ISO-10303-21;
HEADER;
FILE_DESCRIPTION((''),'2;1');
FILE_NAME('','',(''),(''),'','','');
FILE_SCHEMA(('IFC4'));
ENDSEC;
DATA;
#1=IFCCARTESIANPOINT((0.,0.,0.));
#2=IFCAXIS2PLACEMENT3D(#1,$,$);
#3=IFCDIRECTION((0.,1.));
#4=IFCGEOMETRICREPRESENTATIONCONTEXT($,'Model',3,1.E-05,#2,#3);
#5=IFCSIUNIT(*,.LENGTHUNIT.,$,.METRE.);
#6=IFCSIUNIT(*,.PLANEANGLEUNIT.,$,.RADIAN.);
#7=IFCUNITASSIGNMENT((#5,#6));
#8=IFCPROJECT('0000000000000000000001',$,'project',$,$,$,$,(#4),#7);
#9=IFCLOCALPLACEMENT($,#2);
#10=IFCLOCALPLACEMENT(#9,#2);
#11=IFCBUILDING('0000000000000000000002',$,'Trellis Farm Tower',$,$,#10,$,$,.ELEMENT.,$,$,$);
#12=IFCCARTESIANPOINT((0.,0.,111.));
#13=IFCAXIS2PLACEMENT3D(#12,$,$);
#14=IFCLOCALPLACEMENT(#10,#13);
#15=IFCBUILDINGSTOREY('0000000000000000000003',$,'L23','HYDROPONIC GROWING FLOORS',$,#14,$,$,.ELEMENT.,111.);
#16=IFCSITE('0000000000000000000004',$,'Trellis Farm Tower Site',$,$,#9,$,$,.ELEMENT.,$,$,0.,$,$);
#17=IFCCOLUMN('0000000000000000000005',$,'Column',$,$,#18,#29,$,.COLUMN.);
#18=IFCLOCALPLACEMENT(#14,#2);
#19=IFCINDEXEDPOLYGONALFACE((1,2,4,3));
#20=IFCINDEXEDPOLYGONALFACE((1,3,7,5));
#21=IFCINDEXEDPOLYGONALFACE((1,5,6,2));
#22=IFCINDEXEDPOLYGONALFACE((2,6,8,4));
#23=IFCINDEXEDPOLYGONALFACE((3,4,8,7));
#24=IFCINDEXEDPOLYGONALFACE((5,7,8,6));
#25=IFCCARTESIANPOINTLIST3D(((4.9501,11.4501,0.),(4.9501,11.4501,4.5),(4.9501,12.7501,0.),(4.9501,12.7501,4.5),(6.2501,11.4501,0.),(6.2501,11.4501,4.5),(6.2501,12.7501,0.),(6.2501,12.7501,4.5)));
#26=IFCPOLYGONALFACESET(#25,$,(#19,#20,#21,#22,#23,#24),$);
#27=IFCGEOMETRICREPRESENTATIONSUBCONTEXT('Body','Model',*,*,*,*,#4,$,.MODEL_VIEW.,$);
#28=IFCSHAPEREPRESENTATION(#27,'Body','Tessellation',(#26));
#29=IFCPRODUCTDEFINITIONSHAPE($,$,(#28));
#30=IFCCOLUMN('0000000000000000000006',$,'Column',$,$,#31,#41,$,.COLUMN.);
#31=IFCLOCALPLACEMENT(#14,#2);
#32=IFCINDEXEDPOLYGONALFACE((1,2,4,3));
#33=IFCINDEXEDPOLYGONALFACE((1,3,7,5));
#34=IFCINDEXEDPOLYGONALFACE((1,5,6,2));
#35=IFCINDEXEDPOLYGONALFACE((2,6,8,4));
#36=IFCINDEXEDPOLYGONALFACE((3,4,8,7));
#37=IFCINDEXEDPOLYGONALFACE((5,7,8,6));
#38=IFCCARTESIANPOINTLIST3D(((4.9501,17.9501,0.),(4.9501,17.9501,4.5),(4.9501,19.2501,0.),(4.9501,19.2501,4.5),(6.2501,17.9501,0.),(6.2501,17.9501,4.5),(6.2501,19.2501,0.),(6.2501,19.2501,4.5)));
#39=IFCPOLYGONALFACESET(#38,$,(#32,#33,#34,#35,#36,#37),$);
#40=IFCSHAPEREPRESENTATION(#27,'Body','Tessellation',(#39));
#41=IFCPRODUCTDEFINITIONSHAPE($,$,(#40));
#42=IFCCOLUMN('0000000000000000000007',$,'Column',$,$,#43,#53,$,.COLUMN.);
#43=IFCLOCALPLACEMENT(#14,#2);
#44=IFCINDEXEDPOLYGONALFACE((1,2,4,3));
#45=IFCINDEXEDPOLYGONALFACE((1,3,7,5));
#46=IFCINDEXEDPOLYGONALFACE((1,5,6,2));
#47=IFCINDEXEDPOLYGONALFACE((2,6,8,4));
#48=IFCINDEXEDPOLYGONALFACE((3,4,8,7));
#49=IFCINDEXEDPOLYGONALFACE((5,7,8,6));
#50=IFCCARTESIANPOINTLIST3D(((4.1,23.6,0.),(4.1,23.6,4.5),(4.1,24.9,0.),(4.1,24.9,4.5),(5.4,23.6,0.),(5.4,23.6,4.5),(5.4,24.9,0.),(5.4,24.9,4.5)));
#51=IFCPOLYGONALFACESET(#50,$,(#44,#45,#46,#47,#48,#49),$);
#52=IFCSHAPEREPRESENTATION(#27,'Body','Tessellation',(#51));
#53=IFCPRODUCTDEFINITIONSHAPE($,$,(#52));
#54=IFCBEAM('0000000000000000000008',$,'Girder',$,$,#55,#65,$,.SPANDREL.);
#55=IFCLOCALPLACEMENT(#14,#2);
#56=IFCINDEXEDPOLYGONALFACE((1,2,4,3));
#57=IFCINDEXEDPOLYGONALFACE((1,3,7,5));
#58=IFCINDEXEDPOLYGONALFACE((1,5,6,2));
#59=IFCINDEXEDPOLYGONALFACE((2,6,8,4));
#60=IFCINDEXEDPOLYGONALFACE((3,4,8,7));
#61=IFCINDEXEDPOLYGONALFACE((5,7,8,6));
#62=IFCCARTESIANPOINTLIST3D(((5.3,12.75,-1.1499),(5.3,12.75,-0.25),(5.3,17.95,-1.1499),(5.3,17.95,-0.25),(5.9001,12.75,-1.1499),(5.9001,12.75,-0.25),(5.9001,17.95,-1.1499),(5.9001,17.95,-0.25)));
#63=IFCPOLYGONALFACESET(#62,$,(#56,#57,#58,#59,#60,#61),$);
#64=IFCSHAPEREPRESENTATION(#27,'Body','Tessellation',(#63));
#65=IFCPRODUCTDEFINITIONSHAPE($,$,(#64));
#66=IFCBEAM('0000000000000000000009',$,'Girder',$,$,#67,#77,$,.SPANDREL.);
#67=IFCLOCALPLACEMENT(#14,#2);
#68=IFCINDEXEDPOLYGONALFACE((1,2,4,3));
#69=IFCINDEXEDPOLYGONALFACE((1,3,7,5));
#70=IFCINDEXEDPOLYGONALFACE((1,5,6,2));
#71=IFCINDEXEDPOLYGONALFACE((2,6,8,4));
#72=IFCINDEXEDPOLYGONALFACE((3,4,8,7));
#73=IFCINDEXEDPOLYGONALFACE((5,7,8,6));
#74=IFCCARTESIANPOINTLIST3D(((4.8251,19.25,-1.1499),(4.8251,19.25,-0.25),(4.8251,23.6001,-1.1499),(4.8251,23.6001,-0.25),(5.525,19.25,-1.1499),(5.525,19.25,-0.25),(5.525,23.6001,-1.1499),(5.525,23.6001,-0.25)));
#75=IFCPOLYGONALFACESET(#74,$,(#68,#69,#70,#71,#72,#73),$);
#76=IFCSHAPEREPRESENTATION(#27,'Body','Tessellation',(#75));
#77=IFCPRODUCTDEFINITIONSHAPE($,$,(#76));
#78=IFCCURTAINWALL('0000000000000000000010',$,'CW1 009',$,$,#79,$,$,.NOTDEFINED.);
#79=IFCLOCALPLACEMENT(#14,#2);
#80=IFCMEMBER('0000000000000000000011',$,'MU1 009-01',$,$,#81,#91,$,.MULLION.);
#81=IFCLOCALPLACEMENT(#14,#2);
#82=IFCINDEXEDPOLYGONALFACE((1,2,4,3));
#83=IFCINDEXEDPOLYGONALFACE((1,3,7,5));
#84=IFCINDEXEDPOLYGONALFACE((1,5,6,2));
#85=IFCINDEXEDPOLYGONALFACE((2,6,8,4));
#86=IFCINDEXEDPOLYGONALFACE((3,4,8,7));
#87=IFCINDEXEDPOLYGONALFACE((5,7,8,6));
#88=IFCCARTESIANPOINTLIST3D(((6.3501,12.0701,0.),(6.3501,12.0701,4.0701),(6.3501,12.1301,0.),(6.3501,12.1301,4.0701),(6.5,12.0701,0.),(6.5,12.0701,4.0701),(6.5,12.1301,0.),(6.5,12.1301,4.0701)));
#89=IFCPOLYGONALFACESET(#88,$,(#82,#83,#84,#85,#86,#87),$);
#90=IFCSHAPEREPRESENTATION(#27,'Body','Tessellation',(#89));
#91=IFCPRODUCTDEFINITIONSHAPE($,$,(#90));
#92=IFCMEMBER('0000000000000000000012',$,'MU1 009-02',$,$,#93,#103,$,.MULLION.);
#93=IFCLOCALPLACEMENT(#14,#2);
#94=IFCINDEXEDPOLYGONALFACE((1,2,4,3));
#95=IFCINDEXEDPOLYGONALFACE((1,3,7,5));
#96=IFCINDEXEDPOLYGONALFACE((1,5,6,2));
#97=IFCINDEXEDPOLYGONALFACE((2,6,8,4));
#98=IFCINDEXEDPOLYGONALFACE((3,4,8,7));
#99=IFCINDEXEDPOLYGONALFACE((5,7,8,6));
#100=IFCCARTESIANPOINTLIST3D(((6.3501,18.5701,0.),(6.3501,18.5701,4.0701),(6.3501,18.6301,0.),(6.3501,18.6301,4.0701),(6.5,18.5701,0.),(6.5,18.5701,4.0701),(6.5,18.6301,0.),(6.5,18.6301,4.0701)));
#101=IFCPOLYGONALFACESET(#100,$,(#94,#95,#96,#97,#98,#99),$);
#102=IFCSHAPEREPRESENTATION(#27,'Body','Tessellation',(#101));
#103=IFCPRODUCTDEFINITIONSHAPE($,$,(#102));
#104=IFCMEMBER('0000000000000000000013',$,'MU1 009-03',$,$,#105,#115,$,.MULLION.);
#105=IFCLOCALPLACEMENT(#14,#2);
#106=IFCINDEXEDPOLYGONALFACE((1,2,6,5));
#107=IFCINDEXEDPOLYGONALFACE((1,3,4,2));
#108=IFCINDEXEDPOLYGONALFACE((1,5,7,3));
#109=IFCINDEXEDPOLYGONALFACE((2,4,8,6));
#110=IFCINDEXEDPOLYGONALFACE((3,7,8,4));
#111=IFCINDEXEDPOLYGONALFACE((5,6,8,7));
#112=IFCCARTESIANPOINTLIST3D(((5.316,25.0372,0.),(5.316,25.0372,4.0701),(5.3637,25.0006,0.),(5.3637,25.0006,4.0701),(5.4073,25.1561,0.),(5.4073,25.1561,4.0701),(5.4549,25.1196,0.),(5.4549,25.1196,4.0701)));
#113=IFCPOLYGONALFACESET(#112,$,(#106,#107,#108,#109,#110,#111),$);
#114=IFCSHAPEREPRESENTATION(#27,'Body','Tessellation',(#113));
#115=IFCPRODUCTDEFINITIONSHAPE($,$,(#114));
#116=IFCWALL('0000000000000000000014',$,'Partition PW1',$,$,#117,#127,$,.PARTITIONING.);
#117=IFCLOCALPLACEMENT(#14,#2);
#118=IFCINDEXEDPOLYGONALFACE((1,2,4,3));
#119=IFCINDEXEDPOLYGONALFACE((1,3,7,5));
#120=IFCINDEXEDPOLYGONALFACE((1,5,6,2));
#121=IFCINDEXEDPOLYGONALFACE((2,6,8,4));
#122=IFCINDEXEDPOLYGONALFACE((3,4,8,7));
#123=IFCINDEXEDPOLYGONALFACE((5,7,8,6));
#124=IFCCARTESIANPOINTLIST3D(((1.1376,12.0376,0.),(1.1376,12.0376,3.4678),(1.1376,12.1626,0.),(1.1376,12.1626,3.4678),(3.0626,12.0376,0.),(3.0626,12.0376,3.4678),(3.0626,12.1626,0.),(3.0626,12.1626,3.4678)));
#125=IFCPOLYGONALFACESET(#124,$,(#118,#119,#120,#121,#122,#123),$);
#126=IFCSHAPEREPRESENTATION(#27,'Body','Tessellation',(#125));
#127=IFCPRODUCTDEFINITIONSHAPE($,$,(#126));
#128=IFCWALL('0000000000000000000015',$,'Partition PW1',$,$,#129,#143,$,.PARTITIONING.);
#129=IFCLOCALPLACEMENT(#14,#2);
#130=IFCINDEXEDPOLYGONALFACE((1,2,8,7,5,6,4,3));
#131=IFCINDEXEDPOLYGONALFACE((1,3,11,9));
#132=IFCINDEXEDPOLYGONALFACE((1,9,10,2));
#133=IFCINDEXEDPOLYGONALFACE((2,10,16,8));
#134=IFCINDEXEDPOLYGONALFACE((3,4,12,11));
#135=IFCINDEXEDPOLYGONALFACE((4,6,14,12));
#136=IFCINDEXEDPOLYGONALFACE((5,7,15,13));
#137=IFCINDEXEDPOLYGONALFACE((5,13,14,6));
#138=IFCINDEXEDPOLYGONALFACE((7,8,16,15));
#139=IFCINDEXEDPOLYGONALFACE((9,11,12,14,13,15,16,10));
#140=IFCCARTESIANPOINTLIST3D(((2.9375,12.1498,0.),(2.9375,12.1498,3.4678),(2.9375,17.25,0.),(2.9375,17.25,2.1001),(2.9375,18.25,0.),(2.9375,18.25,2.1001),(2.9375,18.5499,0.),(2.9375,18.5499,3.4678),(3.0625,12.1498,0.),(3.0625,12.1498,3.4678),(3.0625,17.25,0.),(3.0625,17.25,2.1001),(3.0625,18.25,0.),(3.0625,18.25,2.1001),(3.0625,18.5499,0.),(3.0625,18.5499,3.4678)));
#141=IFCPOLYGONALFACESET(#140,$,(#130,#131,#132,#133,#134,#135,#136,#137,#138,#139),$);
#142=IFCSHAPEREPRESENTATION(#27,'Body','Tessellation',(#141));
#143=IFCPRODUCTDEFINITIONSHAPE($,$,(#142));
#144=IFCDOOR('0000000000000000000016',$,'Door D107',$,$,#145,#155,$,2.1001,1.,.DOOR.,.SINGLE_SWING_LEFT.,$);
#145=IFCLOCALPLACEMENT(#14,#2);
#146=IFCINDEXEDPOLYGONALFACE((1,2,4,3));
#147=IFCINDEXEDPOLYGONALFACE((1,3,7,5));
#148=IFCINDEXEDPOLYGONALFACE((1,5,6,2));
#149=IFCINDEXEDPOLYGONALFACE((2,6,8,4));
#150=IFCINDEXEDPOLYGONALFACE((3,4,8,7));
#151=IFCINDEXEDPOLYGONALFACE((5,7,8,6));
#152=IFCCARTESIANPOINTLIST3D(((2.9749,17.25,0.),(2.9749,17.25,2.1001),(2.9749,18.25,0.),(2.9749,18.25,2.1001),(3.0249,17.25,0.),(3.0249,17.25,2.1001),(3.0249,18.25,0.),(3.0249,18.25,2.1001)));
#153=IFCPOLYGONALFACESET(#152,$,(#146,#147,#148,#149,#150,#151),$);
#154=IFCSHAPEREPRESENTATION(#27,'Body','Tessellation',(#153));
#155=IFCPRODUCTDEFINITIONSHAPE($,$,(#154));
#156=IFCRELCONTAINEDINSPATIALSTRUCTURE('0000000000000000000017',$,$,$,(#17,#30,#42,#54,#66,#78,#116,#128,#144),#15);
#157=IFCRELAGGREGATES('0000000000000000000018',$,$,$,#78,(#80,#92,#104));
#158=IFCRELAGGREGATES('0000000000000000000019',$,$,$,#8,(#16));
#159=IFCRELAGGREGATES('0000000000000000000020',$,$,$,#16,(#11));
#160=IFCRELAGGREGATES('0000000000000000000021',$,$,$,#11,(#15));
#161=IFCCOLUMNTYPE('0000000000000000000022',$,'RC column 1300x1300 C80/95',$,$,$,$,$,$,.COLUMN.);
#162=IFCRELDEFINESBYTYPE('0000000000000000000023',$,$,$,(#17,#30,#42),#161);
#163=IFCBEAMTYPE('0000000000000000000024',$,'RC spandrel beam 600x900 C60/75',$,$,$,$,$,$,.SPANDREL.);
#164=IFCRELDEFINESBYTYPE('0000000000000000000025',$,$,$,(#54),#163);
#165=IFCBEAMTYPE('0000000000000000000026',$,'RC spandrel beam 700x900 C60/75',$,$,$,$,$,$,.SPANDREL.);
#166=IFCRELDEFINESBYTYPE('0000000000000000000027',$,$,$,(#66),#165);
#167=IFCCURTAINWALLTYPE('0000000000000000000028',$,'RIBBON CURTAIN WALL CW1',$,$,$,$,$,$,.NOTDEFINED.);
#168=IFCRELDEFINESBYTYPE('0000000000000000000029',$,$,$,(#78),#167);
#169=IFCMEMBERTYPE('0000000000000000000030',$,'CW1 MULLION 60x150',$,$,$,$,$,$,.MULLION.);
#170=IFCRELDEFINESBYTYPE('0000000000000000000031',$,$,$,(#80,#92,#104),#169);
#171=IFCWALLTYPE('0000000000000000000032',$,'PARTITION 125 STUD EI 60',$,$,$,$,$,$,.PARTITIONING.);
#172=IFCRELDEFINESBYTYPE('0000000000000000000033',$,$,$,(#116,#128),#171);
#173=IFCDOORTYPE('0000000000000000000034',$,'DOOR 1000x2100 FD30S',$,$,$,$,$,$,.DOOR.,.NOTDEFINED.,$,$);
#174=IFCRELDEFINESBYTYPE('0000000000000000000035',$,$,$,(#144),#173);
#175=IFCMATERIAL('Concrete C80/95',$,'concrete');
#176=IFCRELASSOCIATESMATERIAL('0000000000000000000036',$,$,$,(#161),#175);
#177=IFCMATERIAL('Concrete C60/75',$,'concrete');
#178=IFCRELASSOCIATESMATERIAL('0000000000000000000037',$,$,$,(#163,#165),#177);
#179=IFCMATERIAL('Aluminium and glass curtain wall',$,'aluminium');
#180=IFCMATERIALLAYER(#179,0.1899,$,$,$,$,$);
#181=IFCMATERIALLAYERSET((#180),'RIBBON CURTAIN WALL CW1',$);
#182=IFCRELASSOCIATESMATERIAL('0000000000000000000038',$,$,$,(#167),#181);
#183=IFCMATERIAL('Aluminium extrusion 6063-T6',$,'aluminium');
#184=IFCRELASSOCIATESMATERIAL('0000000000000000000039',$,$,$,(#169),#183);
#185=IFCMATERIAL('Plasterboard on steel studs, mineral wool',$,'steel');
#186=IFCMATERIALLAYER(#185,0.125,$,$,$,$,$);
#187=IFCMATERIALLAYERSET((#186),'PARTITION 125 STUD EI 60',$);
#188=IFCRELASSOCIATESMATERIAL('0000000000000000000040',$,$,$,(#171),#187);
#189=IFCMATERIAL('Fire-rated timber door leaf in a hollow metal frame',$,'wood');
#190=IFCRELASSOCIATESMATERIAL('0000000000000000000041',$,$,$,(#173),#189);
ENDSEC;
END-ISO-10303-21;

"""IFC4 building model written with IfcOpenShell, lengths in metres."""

from ifc_helpers import new_model, si_unit, direction, frame, frame_2d, origin, origin_2d, place, context, subcontext, project, spatial, rectangle, extrude, source, transform, mapped, material, layer, layer_set, material_profile, profile_set, type_object, element, fill, aggregate, save


model = new_model("IFC4")

# Units and contexts
model_context = context("Model", 3, precision=1e-05, world=origin(), true_north=direction((0.0, 1.0)))
body_context = subcontext(model_context, "Body", "Model", "MODEL_VIEW")
ifc_project = project(units=[si_unit("LENGTHUNIT", "METRE"), si_unit("PLANEANGLEUNIT", "RADIAN")], contexts=[model_context])

# Site, building, storey
site_placement = place(None, origin())
site = spatial("IfcSite", under=ifc_project, at=site_placement, Name="Trellis Farm Tower Site", CompositionType="ELEMENT", RefElevation=0.0)
building_placement = place(site_placement, origin())
building = spatial("IfcBuilding", under=site, at=building_placement, Name="Trellis Farm Tower", CompositionType="ELEMENT")
storey_placement = place(building_placement, frame((0.0, 0.0, 111.0)))
storey = spatial("IfcBuildingStorey", under=building, at=storey_placement, Name="L23", Description="HYDROPONIC GROWING FLOORS", CompositionType="ELEMENT", Elevation=111.0)

# Columns
ifc_material_1 = material(Name="Concrete C80/95", Category="concrete")
ifc_material_profile_1 = material_profile(ifc_material_1, rectangle(XDim=1.3, YDim=1.3, at=origin_2d()), Name="RC column 1300x1300 C80/95")
ifc_profile_set_1 = profile_set([ifc_material_profile_1], Name="Concrete C80/95")
column_type = type_object("IfcColumnType", Name="RC column 1300x1300 C80/95", PredefinedType="COLUMN", material=ifc_profile_set_1)
shared_shape_1 = source(origin(), body_context, "Body", "SweptSolid", [
    extrude(rectangle(XDim=1.3, YDim=1.3, at=origin_2d()), origin(), (0.0, 0.0, 1.0), 4.5),
])
for number, where, z_axis, x_axis, name in (
    (1, (5.6001, 12.1001, 0.0), (0.0, 0.0, 1.0), (1.0, 0.0, 0.0), "Column"),
    (2, (5.6001, 18.6001, 0.0), (0.0, 0.0, 1.0), (1.0, 0.0, 0.0), "Column"),
    (3, (4.75, 24.25, 0.0), (0.0, 0.0, 1.0), (1.0, 0.0, 0.0), "Column"),
):
    element("IfcColumn", number, at=place(storey_placement, frame(where, z_axis=z_axis, x_axis=x_axis)), inside=storey, type_object=column_type, Name=name, PredefinedType="COLUMN", context=body_context, shape_type="MappedRepresentation", body=[
        mapped(shared_shape_1, transform((0.0, 0.0, 0.0))),
    ])

# Beams
ifc_material_2 = material(Name="Concrete C60/75", Category="concrete")
ifc_material_profile_2 = material_profile(ifc_material_2, rectangle(XDim=0.6001, YDim=0.8999, at=origin_2d()), Name="RC spandrel beam 600x900 C60/75")
ifc_profile_set_2 = profile_set([ifc_material_profile_2], Name="Concrete C60/75")
beam_type_1 = type_object("IfcBeamType", Name="RC spandrel beam 600x900 C60/75", PredefinedType="SPANDREL", material=ifc_profile_set_2)
shared_shape_2 = source(origin(), body_context, "Body", "SweptSolid", [
    extrude(rectangle(XDim=0.6001, YDim=0.8999, at=origin_2d()), origin(), (0.0, 0.0, 1.0), 5.2),
])
beam_1_placement = place(storey_placement, frame((5.6001, 12.75, -0.7), z_axis=(0.0, 1.0, 0.0), x_axis=(-1.0, 0.0, 0.0)))
element("IfcBeam", 4, at=beam_1_placement, inside=storey, type_object=beam_type_1, Name="Girder", PredefinedType="SPANDREL", context=body_context, shape_type="MappedRepresentation", body=[
    mapped(shared_shape_2, transform((0.0, 0.0, 0.0))),
])
ifc_material_profile_3 = material_profile(ifc_material_2, rectangle(XDim=0.7, YDim=0.8999, at=origin_2d()), Name="RC spandrel beam 700x900 C60/75")
ifc_profile_set_3 = profile_set([ifc_material_profile_3], Name="Concrete C60/75")
beam_type_2 = type_object("IfcBeamType", Name="RC spandrel beam 700x900 C60/75", PredefinedType="SPANDREL", material=ifc_profile_set_3)
shared_shape_3 = source(origin(), body_context, "Body", "SweptSolid", [
    extrude(rectangle(XDim=0.7, YDim=0.8999, at=origin_2d()), origin(), (0.0, 0.0, 1.0), 4.3501),
])
beam_2_placement = place(storey_placement, frame((5.175, 19.25, -0.7), z_axis=(0.0, 1.0, 0.0), x_axis=(-1.0, 0.0, 0.0)))
element("IfcBeam", 5, at=beam_2_placement, inside=storey, type_object=beam_type_2, Name="Girder", PredefinedType="SPANDREL", context=body_context, shape_type="MappedRepresentation", body=[
    mapped(shared_shape_3, transform((0.0, 0.0, 0.0))),
])

# Curtain wall, members
ifc_material_3 = material(Name="Aluminium and glass curtain wall", Category="aluminium")
ifc_layer_1 = layer(ifc_material_3, 0.1899)
ifc_layer_set_1 = layer_set([ifc_layer_1], Name="RIBBON CURTAIN WALL CW1")
curtain_wall_type = type_object("IfcCurtainWallType", Name="RIBBON CURTAIN WALL CW1", PredefinedType="NOTDEFINED", material=ifc_layer_set_1)
curtain_wall_placement = place(storey_placement, origin())
curtain_wall = element("IfcCurtainWall", 6, at=curtain_wall_placement, inside=storey, type_object=curtain_wall_type, Name="CW1 009", PredefinedType="NOTDEFINED")
ifc_material_4 = material(Name="Aluminium extrusion 6063-T6", Category="aluminium")
ifc_material_profile_4 = material_profile(ifc_material_4, rectangle(XDim=0.0601, YDim=0.1499, at=origin_2d()), Name="MULLION 60x150")
ifc_profile_set_4 = profile_set([ifc_material_profile_4], Name="Aluminium extrusion 6063-T6")
member_type = type_object("IfcMemberType", Name="CW1 MULLION 60x150", PredefinedType="MULLION", material=ifc_profile_set_4)
shared_shape_4 = source(origin(), body_context, "Body", "SweptSolid", [
    extrude(rectangle(XDim=0.0601, YDim=0.1499, at=origin_2d()), origin(), (0.0, 0.0, 1.0), 4.0701),
])
member_1_placement = place(storey_placement, frame((6.425, 12.1001, 0.0), z_axis=(0.0, 0.0, 1.0), x_axis=(0.0, 1.0, 0.0)))
member_1 = element("IfcMember", 7, at=member_1_placement, type_object=member_type, Name="MU1 009-01", PredefinedType="MULLION", context=body_context, shape_type="MappedRepresentation", body=[
    mapped(shared_shape_4, transform((0.0, 0.0, 0.0))),
])
member_2_placement = place(storey_placement, frame((6.425, 18.6001, 0.0), z_axis=(0.0, 0.0, 1.0), x_axis=(0.0, 1.0, 0.0)))
member_2 = element("IfcMember", 8, at=member_2_placement, type_object=member_type, Name="MU1 009-02", PredefinedType="MULLION", context=body_context, shape_type="MappedRepresentation", body=[
    mapped(shared_shape_4, transform((0.0, 0.0, 0.0))),
])
member_3_placement = place(storey_placement, frame((5.3855, 25.0784, 0.0), z_axis=(0.0, 0.0, 1.0), x_axis=(-0.793353, 0.608761, 0.0)))
member_3 = element("IfcMember", 9, at=member_3_placement, type_object=member_type, Name="MU1 009-03", PredefinedType="MULLION", context=body_context, shape_type="MappedRepresentation", body=[
    mapped(shared_shape_4, transform((0.0, 0.0, 0.0))),
])
aggregate(curtain_wall, [member_1, member_2, member_3])

# Wall
ifc_material_5 = material(Name="Plasterboard on steel studs, mineral wool", Category="steel")
ifc_layer_2 = layer(ifc_material_5, 0.125)
ifc_layer_set_2 = layer_set([ifc_layer_2], Name="PARTITION 125 STUD EI 60")
wall_type = type_object("IfcWallType", Name="PARTITION 125 STUD EI 60", PredefinedType="PARTITIONING", material=ifc_layer_set_2)
shared_shape_5 = source(origin(), body_context, "Body", "SweptSolid", [
    extrude(rectangle(XDim=1.925, YDim=0.125, at=frame_2d((0.9624, 0.0))), origin(), (0.0, 0.0, 1.0), 3.4678),
])
wall_1_placement = place(storey_placement, frame((3.0625, 12.1001, 0.0), z_axis=(0.0, 0.0, 1.0), x_axis=(-1.0, 0.0, 0.0)))
element("IfcWall", 10, at=wall_1_placement, inside=storey, type_object=wall_type, Name="Partition PW1", PredefinedType="PARTITIONING", context=body_context, shape_type="MappedRepresentation", body=[
    mapped(shared_shape_5, transform((0.0, 0.0, 0.0))),
])

# Wall, opening, door
shared_shape_6 = source(origin(), body_context, "Body", "SweptSolid", [
    extrude(rectangle(XDim=6.4001, YDim=0.125, at=frame_2d((3.2002, 0.0))), origin(), (0.0, 0.0, 1.0), 3.4678),
])
wall_2_placement = place(storey_placement, frame((3.0, 18.55, 0.0), z_axis=(0.0, 0.0, 1.0), x_axis=(0.0, -1.0, 0.0)))
wall_2 = element("IfcWall", 11, at=wall_2_placement, inside=storey, type_object=wall_type, Name="Partition PW1", PredefinedType="PARTITIONING", context=body_context, shape_type="MappedRepresentation", body=[
    mapped(shared_shape_6, transform((0.0, 0.0, 0.0))),
])
shared_shape_7 = source(origin(), body_context, "Body", "SweptSolid", [
    extrude(rectangle(XDim=1.0, YDim=2.1001, at=frame_2d((0.5, 1.05))), frame((0.0, 0.0725, 0.0), z_axis=(0.0, -1.0, 0.0), x_axis=(1.0, 0.0, 0.0)), (0.0, 0.0, 1.0), 0.145),
])
opening_placement = place(wall_2_placement, frame((0.3, 0.0, 0.0)))
opening = element("IfcOpeningElement", 12, at=opening_placement, cuts=wall_2, PredefinedType="OPENING", context=body_context, shape_type="MappedRepresentation", body=[
    mapped(shared_shape_7, transform((0.0, 0.0, 0.0))),
])
ifc_material_6 = material(Name="Fire-rated timber door leaf in a hollow metal frame", Category="wood")
door_type = type_object("IfcDoorType", Name="DOOR 1000x2100 FD30S", OperationType="NOTDEFINED", PredefinedType="DOOR", material=ifc_material_6)
shared_shape_8 = source(origin(), body_context, "Body", "SweptSolid", [
    extrude(rectangle(XDim=1.0, YDim=2.1001, at=frame_2d((0.5, 1.05))), frame((0.0, 0.0249, 0.0), z_axis=(0.0, -1.0, 0.0), x_axis=(1.0, 0.0, 0.0)), (0.0, 0.0, 1.0), 0.05),
])
door_placement = place(opening_placement, origin())
door = element("IfcDoor", 13, at=door_placement, inside=storey, type_object=door_type, Name="Door D107", OperationType="SINGLE_SWING_LEFT", OverallHeight=2.1001, OverallWidth=1.0, PredefinedType="DOOR", context=body_context, shape_type="MappedRepresentation", body=[
    mapped(shared_shape_8, transform((0.0, 0.0, 0.0))),
])
fill(opening, door)

save(model, "model.ifc")
